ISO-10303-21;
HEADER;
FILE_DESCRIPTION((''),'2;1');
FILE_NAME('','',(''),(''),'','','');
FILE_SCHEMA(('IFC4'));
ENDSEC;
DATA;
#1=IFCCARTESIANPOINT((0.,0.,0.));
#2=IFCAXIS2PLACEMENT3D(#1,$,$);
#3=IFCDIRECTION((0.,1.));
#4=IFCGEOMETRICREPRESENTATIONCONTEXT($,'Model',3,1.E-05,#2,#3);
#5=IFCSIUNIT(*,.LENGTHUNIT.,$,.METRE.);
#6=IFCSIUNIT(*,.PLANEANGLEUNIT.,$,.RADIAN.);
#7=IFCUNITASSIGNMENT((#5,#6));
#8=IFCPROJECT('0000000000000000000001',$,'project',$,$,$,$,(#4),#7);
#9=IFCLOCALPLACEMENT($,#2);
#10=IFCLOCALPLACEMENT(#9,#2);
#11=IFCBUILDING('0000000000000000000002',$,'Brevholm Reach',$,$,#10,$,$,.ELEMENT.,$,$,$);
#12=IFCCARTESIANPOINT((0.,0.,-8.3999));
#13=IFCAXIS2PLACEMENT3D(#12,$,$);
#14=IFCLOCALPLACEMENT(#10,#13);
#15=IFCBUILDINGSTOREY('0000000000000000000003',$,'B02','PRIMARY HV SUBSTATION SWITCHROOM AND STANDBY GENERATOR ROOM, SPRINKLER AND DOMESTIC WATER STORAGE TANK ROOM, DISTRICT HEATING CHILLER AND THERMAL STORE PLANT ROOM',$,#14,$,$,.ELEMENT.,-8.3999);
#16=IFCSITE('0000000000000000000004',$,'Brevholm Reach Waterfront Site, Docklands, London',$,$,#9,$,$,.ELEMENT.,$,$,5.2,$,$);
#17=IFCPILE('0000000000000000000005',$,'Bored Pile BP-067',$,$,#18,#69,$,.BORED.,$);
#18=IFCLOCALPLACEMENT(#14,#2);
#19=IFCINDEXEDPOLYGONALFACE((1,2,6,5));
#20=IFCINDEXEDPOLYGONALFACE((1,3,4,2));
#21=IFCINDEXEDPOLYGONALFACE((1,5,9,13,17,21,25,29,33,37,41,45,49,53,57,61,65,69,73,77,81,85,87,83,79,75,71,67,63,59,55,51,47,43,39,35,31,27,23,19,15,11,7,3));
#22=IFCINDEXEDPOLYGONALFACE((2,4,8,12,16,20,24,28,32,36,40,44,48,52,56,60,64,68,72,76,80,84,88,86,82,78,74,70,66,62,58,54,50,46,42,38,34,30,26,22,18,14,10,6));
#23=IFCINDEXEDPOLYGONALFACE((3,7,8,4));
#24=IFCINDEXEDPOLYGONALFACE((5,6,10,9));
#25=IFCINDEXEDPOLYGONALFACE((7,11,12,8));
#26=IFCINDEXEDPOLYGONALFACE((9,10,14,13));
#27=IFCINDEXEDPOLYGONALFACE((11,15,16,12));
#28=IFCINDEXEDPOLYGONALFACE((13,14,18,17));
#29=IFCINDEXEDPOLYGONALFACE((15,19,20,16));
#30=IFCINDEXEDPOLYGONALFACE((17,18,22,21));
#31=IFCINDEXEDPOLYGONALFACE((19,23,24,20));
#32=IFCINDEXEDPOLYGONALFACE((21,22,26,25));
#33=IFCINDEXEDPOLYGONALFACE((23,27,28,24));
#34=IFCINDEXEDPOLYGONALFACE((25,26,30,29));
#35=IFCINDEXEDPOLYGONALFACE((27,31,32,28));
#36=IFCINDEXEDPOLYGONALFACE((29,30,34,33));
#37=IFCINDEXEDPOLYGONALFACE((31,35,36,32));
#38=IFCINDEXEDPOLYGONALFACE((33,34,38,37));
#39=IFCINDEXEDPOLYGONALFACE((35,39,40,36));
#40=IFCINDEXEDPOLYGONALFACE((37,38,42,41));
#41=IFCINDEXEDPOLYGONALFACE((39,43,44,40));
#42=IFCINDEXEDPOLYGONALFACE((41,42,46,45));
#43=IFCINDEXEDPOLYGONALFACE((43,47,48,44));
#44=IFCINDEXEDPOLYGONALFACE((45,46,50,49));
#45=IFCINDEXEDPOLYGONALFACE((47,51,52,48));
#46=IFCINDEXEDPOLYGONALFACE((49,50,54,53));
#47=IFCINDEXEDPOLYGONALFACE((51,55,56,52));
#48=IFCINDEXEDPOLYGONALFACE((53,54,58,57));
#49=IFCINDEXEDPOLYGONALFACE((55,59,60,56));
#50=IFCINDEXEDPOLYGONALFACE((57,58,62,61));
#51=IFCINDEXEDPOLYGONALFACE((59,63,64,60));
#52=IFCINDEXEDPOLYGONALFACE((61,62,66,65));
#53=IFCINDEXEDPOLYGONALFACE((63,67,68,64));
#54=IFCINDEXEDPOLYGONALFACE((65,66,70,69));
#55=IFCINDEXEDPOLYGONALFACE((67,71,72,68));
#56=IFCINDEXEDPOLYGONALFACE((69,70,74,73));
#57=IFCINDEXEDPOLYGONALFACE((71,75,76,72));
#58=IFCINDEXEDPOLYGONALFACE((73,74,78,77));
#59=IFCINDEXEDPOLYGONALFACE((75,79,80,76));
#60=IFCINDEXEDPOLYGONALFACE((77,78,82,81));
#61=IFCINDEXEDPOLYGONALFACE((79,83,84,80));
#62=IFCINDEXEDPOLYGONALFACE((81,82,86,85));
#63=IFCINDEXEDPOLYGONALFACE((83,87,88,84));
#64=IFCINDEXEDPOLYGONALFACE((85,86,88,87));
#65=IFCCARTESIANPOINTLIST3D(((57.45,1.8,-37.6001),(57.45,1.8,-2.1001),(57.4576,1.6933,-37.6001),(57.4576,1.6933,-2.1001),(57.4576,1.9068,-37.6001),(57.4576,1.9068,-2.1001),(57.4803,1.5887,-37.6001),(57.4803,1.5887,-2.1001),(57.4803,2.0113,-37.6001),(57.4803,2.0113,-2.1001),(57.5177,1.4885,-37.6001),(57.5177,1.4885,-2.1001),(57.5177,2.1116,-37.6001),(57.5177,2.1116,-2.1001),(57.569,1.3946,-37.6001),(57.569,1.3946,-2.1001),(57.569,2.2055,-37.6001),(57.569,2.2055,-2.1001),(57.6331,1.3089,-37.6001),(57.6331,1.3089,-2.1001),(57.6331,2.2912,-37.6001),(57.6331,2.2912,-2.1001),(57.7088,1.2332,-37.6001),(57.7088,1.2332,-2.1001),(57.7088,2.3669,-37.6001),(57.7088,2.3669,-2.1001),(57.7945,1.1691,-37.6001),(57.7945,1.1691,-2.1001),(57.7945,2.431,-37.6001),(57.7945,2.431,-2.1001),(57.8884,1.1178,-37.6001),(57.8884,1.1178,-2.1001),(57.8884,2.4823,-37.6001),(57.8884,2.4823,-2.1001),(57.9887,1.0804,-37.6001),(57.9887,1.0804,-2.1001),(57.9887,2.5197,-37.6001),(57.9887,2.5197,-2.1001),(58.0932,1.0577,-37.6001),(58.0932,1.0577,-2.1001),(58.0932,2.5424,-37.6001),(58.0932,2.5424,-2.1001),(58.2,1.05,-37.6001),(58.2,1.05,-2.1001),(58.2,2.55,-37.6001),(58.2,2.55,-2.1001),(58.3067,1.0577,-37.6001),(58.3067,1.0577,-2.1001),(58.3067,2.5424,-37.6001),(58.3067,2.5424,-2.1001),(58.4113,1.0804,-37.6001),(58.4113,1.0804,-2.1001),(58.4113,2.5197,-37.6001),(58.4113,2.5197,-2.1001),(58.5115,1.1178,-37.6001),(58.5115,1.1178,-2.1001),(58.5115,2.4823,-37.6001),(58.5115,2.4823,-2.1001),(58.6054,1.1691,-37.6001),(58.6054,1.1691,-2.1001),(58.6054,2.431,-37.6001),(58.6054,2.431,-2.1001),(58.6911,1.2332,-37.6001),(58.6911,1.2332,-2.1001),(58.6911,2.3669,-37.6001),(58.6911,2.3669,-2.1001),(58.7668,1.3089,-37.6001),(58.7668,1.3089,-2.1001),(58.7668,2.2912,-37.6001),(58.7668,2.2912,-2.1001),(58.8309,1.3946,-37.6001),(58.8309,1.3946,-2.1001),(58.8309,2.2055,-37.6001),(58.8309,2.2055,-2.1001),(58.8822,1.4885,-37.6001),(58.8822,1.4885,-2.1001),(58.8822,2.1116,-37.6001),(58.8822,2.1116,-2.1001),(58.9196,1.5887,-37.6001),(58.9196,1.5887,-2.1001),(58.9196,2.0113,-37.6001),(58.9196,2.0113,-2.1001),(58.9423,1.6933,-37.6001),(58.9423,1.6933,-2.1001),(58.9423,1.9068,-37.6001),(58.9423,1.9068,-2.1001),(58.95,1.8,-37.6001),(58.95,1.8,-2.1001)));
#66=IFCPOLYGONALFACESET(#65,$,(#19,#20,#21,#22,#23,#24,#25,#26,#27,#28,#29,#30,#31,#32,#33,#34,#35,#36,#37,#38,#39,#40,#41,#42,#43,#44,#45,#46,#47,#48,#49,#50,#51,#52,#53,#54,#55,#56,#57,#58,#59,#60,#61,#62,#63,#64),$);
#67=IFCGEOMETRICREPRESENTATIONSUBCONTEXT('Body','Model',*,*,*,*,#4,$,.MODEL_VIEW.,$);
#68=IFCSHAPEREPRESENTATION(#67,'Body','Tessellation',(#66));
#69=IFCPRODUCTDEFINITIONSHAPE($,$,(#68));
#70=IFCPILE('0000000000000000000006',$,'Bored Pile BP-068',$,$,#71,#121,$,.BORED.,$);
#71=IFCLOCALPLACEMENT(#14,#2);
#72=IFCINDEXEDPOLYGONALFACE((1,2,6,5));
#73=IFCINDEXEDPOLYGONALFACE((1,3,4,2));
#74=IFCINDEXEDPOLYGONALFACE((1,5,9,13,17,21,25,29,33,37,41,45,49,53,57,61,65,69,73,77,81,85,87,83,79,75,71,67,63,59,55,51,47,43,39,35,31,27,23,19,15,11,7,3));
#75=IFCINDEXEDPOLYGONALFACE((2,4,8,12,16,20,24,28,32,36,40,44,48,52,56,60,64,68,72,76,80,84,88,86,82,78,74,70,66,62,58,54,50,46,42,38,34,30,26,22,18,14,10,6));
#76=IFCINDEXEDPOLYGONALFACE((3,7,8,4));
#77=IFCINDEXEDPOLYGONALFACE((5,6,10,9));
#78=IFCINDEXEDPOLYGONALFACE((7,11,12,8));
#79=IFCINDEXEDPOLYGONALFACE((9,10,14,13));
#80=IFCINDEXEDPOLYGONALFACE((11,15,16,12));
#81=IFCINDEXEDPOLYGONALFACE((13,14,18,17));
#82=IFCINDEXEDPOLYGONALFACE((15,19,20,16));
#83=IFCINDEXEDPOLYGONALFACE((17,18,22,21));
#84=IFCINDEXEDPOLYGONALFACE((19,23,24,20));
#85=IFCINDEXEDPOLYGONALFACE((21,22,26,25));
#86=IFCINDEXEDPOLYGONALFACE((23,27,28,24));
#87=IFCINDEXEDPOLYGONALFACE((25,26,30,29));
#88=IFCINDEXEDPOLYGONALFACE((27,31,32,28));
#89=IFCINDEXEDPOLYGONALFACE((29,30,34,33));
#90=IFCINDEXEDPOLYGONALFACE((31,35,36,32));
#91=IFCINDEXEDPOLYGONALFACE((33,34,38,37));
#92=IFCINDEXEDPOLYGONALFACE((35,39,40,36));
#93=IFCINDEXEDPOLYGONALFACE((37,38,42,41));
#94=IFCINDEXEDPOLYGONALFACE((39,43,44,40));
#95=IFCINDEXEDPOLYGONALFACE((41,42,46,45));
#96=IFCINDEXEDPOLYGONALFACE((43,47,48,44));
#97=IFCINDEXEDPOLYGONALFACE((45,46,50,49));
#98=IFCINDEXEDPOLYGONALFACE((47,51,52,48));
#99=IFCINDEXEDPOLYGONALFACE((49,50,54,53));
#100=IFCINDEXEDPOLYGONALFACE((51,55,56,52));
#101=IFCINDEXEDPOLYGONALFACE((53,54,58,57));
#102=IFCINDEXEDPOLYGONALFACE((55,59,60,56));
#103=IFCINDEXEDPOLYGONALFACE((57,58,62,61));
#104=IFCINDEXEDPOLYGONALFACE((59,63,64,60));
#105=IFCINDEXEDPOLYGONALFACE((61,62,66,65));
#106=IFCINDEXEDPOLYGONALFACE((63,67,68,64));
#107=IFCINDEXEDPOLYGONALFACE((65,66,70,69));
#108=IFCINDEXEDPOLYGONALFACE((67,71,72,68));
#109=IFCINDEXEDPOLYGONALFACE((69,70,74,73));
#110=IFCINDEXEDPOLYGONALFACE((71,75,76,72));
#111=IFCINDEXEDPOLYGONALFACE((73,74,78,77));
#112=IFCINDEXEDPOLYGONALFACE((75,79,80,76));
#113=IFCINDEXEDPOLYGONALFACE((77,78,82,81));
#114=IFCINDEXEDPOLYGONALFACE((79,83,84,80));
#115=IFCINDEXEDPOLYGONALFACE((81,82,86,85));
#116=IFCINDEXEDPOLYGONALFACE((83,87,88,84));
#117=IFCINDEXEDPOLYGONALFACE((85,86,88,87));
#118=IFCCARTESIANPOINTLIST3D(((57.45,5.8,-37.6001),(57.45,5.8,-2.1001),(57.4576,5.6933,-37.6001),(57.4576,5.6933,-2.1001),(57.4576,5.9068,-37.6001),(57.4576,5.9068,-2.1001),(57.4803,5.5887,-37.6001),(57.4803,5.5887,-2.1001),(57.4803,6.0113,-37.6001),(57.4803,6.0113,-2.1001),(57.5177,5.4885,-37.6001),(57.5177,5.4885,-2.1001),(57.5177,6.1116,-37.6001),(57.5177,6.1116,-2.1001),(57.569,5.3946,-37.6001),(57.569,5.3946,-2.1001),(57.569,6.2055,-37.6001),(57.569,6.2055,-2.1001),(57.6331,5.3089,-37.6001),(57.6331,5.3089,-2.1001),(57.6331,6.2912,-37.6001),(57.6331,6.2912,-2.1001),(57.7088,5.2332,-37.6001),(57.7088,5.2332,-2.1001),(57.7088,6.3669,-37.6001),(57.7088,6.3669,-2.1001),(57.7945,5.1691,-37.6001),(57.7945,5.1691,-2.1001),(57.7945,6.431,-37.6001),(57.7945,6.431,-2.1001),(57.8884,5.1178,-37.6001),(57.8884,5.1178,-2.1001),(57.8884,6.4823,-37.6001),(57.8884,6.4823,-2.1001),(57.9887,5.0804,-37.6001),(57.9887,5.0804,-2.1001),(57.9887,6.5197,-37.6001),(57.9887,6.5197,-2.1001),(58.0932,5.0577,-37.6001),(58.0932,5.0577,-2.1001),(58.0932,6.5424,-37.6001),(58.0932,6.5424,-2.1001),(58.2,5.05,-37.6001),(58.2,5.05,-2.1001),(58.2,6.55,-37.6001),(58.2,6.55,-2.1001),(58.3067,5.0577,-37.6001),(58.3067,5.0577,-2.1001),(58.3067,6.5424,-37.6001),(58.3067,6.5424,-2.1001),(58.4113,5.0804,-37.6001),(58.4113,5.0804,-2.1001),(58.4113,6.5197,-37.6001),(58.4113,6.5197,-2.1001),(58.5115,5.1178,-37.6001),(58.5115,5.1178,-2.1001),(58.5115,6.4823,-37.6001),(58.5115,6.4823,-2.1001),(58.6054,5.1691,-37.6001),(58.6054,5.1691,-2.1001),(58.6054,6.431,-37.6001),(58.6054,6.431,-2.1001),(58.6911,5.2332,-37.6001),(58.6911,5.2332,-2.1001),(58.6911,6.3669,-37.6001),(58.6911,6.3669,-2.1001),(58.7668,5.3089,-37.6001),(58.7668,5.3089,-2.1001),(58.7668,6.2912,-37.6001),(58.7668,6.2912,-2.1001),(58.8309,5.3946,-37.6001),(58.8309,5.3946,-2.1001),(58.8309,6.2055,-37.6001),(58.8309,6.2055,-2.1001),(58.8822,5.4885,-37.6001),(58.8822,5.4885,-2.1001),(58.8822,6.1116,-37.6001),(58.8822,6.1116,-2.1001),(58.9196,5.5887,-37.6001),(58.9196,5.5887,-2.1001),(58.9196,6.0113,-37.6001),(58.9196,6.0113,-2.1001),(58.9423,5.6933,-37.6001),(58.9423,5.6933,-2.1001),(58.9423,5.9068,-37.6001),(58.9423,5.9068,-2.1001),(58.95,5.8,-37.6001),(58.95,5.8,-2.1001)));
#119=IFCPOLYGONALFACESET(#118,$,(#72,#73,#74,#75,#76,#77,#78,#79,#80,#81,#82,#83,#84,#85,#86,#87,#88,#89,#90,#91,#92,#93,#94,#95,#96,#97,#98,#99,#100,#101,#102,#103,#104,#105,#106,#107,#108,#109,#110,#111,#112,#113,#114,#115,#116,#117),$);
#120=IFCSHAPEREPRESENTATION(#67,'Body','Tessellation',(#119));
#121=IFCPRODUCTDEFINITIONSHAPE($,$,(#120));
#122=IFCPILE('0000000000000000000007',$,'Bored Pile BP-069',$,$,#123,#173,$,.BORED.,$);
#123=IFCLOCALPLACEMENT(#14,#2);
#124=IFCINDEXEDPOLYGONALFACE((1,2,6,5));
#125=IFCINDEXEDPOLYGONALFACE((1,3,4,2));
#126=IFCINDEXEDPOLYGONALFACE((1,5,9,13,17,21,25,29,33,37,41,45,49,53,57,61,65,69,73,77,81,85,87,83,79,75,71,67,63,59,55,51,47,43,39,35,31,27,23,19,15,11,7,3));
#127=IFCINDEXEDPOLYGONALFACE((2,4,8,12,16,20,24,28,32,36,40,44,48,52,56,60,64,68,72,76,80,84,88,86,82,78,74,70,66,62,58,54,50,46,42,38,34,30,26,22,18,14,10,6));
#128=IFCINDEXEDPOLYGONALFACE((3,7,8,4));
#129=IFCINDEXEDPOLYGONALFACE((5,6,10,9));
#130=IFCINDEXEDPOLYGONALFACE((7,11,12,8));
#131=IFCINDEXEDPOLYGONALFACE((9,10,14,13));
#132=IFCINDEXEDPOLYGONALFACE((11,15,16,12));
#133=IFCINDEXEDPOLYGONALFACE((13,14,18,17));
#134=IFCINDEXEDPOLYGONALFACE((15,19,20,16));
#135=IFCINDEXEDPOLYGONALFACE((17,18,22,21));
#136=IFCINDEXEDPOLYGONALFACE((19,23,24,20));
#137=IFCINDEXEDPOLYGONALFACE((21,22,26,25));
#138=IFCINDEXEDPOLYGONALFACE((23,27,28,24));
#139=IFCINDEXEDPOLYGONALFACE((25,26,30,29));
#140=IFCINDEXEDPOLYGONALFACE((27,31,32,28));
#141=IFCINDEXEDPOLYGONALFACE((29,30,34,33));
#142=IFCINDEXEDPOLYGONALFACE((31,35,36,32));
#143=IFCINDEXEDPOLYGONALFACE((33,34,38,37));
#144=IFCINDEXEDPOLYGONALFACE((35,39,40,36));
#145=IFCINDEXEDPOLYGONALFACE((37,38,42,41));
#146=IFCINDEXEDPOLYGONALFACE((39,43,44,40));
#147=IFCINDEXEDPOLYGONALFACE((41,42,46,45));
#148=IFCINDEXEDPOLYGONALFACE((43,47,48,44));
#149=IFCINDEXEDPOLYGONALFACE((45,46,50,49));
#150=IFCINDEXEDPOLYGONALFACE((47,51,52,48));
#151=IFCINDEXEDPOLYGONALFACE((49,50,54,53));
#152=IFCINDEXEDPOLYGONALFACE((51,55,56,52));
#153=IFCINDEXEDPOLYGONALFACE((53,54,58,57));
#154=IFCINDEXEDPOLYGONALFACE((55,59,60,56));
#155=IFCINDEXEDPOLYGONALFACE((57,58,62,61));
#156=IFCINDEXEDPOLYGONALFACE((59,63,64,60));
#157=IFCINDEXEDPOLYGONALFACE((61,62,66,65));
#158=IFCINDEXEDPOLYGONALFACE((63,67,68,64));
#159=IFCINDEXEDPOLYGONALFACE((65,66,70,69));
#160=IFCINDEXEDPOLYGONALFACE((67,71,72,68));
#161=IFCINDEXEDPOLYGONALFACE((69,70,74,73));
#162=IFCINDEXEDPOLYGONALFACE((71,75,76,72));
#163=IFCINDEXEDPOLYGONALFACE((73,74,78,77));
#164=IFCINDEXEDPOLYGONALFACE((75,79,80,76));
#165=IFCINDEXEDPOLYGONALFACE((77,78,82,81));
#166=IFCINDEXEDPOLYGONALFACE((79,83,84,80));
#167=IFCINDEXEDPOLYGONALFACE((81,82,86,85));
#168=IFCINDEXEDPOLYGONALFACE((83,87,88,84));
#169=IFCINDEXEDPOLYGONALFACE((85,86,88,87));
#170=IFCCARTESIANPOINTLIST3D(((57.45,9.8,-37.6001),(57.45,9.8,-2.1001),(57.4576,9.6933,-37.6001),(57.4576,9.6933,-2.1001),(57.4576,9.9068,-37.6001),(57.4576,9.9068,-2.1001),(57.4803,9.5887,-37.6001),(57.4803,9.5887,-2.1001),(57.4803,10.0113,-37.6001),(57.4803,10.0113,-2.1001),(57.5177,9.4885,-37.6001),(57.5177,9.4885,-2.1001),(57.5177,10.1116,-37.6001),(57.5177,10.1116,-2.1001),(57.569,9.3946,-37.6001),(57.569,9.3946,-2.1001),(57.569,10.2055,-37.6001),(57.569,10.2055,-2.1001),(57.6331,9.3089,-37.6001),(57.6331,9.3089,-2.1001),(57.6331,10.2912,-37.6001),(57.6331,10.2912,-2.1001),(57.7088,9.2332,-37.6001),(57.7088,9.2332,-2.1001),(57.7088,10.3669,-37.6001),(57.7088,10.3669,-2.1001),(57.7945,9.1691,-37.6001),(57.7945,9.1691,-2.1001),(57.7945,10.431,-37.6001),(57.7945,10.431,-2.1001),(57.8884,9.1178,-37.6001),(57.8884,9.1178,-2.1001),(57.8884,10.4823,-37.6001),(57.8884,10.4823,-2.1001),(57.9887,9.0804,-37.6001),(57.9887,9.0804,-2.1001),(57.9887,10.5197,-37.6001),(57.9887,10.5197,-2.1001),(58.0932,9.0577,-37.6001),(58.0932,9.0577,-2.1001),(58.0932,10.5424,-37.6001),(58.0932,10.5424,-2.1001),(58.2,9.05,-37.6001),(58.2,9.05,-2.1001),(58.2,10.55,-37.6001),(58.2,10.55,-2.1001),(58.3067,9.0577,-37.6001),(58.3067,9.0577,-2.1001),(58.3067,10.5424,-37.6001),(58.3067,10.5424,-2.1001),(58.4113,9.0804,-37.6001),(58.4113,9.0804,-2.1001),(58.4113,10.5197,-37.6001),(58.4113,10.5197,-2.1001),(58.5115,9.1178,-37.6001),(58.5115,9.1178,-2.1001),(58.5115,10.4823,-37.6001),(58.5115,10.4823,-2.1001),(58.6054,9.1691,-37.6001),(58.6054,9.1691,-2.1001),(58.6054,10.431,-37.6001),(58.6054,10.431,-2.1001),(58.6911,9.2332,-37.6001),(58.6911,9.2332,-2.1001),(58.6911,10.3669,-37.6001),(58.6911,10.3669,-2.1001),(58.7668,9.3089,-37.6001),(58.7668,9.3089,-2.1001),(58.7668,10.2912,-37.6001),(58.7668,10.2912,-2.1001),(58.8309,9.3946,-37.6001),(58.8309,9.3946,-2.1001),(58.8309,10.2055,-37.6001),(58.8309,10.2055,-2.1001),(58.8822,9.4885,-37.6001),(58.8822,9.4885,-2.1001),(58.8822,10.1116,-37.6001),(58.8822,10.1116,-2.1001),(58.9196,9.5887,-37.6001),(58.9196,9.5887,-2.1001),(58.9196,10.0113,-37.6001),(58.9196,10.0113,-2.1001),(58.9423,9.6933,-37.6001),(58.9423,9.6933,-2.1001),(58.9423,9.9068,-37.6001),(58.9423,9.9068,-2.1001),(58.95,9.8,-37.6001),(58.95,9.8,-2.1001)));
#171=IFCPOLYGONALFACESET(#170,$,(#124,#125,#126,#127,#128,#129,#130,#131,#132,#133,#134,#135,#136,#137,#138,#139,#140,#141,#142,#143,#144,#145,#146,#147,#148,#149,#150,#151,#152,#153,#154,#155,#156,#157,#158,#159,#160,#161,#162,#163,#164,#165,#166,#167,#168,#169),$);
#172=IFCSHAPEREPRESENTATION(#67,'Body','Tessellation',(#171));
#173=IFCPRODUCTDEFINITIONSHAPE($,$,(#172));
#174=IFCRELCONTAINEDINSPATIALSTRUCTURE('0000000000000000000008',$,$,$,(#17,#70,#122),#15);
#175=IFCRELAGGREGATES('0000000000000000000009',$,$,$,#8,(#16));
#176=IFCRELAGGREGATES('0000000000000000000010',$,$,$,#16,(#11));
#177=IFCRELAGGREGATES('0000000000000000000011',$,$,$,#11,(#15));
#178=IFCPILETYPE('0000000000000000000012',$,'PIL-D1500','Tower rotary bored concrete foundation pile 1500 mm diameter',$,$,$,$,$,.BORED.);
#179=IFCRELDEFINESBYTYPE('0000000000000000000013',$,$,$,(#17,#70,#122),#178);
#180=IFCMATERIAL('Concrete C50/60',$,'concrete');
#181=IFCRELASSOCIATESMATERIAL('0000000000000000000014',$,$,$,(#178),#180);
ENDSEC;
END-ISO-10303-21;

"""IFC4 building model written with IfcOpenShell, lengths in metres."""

from ifc_helpers import new_model, si_unit, direction, frame, origin, origin_2d, place, context, subcontext, project, spatial, circle, extrude, material, material_profile, profile_set, type_object, element, save


model = new_model("IFC4")

# Units and contexts
model_context = context("Model", 3, precision=1e-05, world=origin(), true_north=direction((0.0, 1.0)))
body_context = subcontext(model_context, "Body", "Model", "MODEL_VIEW")
ifc_project = project(units=[si_unit("LENGTHUNIT", "METRE"), si_unit("PLANEANGLEUNIT", "RADIAN")], contexts=[model_context])

# Site, building, storey
site_placement = place(None, origin())
site = spatial("IfcSite", under=ifc_project, at=site_placement, Name="Brevholm Reach Waterfront Site, Docklands, London", CompositionType="ELEMENT", RefElevation=5.2)
building_placement = place(site_placement, origin())
building = spatial("IfcBuilding", under=site, at=building_placement, Name="Brevholm Reach", CompositionType="ELEMENT")
storey_placement = place(building_placement, frame((0.0, 0.0, -8.3999)))
storey = spatial("IfcBuildingStorey", under=building, at=storey_placement, Name="B02", Description="PRIMARY HV SUBSTATION SWITCHROOM AND STANDBY GENERATOR ROOM, SPRINKLER AND DOMESTIC WATER STORAGE TANK ROOM, DISTRICT HEATING CHILLER AND THERMAL STORE PLANT ROOM", CompositionType="ELEMENT", Elevation=-8.3999)

# Piles
ifc_material_1 = material(Name="Concrete C50/60", Category="concrete")
ifc_material_profile_1 = material_profile(ifc_material_1, circle(Radius=0.75, at=origin_2d()), Name="PILE D1500")
ifc_profile_set_1 = profile_set([ifc_material_profile_1], Name="Concrete C50/60")
pile_type_1 = type_object("IfcPileType", Name="PIL-D1500", Description="Tower rotary bored concrete foundation pile 1500 mm diameter", PredefinedType="BORED", material=ifc_profile_set_1)
for number, where, z_axis, x_axis, name in (
    (1, (58.2, 1.8, -2.1001), (0.0, 0.0, -1.0), (1.0, 0.0, 0.0), "Bored Pile BP-067"),
    (2, (58.2, 5.8, -2.1001), (0.0, 0.0, -1.0), (1.0, 0.0, 0.0), "Bored Pile BP-068"),
    (3, (58.2, 9.8, -2.1001), (0.0, 0.0, -1.0), (1.0, 0.0, 0.0), "Bored Pile BP-069"),
):
    element("IfcPile", number, at=place(storey_placement, frame(where, z_axis=z_axis, x_axis=x_axis)), inside=storey, type_object=pile_type_1, Name=name, PredefinedType="BORED", context=body_context, shape_type="SweptSolid", body=[
        extrude(circle(Radius=0.75, at=origin_2d()), origin(), (0.0, 0.0, 1.0), 35.5),
    ])

save(model, "model.ifc")
